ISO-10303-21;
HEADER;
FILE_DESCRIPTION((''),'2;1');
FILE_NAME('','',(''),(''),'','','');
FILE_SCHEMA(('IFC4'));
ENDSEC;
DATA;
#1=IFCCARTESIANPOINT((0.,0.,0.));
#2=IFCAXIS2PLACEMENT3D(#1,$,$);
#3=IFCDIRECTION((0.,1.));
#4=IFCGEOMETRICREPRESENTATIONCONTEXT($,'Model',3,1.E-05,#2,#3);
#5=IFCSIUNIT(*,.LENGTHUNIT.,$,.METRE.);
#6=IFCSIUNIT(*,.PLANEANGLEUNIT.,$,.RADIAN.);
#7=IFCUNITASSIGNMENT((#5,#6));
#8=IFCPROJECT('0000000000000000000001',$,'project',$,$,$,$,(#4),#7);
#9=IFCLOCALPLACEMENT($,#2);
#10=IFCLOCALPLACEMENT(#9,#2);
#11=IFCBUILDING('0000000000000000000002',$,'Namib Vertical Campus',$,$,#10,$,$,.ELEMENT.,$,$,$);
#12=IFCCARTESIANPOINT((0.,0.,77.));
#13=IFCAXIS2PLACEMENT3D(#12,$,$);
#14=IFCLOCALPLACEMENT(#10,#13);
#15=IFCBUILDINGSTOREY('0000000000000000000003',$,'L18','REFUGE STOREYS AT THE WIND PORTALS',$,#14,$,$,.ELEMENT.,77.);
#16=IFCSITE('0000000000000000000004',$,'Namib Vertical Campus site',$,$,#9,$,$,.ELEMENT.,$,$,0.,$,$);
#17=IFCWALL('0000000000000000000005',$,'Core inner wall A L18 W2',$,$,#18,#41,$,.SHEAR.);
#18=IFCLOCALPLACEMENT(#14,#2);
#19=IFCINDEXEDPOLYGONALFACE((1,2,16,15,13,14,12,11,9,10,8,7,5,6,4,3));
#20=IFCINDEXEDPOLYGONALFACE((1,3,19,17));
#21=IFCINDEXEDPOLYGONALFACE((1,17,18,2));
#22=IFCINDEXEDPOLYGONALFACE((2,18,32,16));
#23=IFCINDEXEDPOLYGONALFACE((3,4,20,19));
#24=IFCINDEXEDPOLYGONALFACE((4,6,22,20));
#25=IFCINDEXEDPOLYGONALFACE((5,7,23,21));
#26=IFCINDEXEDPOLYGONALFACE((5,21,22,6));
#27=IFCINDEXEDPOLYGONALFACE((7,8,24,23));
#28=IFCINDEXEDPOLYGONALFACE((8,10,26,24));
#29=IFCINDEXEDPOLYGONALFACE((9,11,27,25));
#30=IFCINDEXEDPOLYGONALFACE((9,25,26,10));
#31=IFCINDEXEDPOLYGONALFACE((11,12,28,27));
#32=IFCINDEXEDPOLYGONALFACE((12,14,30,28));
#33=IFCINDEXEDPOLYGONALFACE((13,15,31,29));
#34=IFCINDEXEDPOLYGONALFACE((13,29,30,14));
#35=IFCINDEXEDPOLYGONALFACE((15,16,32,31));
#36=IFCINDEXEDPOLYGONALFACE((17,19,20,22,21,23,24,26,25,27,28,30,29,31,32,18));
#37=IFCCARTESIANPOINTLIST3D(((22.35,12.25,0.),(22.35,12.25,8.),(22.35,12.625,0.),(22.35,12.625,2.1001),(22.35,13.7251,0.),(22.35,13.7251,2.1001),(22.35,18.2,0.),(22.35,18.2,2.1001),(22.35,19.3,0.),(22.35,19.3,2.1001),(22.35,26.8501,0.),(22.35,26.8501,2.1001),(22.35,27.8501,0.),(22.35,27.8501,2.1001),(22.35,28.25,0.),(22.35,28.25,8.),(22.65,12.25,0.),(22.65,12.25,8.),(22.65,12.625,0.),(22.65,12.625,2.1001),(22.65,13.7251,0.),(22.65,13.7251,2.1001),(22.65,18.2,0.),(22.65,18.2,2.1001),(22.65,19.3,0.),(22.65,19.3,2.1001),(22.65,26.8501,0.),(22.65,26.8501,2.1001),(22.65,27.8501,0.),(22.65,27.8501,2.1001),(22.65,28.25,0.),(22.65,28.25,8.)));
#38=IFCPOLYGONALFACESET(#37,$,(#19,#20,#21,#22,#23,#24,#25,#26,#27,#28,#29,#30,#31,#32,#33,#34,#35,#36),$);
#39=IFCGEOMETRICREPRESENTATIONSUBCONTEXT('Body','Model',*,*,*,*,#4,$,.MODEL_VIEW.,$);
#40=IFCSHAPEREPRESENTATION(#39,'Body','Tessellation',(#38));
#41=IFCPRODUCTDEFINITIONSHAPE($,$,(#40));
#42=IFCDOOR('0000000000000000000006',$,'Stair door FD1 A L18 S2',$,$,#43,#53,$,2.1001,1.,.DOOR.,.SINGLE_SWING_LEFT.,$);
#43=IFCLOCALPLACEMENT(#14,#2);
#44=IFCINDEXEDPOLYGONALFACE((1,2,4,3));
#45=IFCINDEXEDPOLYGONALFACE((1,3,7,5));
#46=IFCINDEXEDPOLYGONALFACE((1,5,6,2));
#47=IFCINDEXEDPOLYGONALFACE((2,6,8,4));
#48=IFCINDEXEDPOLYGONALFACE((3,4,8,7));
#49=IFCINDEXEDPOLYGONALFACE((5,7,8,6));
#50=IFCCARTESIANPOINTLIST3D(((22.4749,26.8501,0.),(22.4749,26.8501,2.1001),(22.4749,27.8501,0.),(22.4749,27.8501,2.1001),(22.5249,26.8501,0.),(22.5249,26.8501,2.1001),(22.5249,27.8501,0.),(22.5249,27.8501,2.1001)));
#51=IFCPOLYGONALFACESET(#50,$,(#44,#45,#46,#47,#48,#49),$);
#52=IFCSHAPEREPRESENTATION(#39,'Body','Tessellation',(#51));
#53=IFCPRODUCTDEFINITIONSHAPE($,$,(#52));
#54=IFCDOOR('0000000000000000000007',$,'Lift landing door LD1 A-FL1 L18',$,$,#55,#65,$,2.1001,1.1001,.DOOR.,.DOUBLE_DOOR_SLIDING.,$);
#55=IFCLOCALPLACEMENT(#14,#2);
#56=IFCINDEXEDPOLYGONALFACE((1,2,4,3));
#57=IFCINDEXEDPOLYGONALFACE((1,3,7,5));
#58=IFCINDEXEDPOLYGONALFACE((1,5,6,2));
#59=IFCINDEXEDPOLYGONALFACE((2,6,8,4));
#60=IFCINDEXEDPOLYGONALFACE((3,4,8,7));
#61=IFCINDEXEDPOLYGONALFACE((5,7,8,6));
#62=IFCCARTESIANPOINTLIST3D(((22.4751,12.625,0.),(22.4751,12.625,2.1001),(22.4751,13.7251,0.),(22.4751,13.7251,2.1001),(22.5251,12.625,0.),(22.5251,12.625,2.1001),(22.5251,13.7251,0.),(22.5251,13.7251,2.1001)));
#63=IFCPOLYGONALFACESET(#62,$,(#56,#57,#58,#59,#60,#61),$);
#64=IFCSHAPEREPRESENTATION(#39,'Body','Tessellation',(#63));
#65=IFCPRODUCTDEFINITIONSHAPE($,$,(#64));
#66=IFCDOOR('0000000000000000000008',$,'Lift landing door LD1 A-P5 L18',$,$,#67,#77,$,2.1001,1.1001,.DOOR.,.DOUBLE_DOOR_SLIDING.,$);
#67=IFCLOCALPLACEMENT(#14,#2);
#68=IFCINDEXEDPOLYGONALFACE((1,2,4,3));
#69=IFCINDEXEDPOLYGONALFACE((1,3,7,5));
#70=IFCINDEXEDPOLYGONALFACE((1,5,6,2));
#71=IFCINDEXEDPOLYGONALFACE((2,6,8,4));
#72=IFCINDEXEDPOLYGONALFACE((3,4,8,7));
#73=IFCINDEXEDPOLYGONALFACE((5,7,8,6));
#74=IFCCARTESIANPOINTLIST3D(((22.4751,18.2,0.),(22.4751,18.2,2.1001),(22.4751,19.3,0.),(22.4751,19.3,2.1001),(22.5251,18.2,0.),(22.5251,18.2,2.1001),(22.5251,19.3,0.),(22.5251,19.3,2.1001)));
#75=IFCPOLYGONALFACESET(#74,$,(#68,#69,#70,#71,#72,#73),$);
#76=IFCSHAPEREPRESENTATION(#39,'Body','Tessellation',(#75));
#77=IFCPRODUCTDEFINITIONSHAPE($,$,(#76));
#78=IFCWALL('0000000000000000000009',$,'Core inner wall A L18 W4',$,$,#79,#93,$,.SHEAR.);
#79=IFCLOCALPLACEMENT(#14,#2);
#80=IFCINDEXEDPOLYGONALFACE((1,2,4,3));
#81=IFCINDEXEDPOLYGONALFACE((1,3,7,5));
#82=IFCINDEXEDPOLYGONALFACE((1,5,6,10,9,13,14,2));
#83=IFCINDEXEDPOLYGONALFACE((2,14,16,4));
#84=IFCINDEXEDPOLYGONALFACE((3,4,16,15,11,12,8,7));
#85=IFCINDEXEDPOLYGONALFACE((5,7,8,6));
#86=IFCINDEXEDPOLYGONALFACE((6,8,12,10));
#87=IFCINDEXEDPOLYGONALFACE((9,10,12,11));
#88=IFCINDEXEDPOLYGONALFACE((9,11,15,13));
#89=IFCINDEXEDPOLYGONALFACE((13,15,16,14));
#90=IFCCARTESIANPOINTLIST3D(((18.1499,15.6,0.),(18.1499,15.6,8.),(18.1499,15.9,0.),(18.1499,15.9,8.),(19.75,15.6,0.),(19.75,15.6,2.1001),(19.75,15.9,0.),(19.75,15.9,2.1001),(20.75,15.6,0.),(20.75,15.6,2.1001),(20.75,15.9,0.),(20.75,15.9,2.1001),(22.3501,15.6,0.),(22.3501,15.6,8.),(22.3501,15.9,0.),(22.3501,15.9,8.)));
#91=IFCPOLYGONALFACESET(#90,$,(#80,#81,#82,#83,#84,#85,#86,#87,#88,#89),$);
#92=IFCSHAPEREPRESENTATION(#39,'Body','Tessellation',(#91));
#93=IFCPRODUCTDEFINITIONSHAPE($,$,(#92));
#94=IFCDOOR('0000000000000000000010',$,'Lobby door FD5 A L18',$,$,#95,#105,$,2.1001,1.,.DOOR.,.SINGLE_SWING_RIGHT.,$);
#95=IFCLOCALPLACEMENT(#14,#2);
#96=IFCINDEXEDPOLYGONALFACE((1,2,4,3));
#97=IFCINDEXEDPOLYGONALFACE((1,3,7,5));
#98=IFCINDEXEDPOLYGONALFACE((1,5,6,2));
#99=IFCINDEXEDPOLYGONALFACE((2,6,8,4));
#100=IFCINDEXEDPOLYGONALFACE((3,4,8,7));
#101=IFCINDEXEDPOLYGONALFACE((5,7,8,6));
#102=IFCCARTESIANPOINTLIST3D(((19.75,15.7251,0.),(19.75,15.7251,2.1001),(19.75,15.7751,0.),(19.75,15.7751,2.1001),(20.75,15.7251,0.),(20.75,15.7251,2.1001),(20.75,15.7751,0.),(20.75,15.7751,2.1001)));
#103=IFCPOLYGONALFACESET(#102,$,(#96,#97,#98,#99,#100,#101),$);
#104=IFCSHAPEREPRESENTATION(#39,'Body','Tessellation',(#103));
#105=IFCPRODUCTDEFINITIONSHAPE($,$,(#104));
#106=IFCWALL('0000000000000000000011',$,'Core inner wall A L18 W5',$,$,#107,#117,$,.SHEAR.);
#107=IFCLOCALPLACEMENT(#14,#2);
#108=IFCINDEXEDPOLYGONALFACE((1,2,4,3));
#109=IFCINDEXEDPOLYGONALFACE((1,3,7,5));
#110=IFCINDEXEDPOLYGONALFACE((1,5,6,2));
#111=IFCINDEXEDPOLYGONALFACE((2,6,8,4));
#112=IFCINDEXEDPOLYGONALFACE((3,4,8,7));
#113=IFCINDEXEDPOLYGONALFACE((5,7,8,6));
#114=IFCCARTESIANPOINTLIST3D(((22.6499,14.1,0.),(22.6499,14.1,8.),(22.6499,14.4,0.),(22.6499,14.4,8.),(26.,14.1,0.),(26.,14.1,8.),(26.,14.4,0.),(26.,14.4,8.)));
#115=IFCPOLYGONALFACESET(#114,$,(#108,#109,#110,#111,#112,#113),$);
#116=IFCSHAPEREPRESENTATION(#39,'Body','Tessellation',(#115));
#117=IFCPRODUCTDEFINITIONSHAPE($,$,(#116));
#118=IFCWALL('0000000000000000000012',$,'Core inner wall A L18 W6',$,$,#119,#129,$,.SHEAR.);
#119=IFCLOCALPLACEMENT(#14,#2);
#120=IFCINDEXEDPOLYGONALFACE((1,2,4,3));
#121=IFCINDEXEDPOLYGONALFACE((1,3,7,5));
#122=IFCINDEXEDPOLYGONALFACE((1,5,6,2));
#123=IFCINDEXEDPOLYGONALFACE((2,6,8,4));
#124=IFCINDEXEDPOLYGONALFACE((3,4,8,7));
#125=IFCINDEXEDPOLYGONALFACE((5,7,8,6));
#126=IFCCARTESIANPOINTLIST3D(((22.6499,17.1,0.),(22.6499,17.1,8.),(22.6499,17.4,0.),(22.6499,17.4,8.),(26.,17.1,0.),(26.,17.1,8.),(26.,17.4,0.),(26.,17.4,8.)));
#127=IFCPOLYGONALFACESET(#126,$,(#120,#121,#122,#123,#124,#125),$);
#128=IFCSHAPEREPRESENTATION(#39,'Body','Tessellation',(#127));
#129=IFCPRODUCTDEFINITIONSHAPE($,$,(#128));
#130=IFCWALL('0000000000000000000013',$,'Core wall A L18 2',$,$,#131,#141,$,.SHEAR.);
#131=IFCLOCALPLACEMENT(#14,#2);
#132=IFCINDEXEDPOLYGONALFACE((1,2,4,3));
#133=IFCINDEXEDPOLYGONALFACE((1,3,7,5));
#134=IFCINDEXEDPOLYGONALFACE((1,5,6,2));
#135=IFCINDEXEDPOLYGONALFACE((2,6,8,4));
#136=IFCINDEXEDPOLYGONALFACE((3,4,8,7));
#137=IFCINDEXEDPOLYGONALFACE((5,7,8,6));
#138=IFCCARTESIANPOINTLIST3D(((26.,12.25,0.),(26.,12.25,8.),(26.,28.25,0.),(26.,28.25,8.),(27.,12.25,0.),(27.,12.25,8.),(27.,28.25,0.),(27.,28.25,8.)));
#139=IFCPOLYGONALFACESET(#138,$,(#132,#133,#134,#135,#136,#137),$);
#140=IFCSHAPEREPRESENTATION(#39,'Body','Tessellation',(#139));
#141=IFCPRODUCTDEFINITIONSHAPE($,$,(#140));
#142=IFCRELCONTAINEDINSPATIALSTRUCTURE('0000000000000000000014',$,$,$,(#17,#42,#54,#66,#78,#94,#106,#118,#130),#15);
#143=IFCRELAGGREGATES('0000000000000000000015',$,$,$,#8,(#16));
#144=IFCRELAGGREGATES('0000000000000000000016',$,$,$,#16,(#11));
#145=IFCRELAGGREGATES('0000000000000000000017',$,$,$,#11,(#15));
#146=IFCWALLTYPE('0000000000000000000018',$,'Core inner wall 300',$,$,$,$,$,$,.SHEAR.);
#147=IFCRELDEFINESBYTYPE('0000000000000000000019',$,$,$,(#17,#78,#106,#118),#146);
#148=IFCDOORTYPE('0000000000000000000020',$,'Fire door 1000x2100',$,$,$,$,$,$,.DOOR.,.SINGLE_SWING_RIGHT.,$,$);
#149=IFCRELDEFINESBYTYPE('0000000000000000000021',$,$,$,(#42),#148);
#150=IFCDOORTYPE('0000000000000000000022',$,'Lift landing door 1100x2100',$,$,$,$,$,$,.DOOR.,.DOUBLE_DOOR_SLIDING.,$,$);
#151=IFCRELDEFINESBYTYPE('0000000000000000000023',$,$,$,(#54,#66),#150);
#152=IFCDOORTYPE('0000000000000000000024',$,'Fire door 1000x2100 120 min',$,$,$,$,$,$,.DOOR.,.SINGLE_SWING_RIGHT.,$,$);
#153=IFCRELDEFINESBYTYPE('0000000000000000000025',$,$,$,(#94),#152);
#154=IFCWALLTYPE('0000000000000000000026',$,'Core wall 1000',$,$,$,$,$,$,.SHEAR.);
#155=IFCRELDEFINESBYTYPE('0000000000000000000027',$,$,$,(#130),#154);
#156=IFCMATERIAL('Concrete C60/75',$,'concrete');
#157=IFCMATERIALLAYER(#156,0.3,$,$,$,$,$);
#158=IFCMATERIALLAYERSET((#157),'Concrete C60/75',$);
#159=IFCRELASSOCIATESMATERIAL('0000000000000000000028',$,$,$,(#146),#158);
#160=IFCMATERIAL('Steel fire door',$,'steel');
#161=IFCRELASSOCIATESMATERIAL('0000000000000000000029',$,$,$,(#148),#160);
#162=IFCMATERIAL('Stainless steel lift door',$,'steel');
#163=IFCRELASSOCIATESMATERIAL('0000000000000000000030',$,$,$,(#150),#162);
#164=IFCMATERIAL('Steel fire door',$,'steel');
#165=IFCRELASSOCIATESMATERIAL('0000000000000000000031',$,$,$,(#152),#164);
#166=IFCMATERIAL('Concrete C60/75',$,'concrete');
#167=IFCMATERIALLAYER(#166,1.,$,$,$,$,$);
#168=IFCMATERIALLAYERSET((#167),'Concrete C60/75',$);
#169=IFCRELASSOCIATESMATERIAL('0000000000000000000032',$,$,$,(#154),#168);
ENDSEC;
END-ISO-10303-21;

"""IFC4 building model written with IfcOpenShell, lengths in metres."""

from ifc_helpers import new_model, si_unit, direction, frame, frame_2d, origin, place, context, subcontext, project, spatial, rectangle, extrude, material, layer, layer_set, type_object, element, fill, save


model = new_model("IFC4")

# Units and contexts
model_context = context("Model", 3, precision=1e-05, world=origin(), true_north=direction((0.0, 1.0)))
body_context = subcontext(model_context, "Body", "Model", "MODEL_VIEW")
ifc_project = project(units=[si_unit("LENGTHUNIT", "METRE"), si_unit("PLANEANGLEUNIT", "RADIAN")], contexts=[model_context])

# Site, building, storey
site_placement = place(None, origin())
site = spatial("IfcSite", under=ifc_project, at=site_placement, Name="Namib Vertical Campus site", CompositionType="ELEMENT", RefElevation=0.0)
building_placement = place(site_placement, origin())
building = spatial("IfcBuilding", under=site, at=building_placement, Name="Namib Vertical Campus", CompositionType="ELEMENT")
storey_placement = place(building_placement, frame((0.0, 0.0, 77.0)))
storey = spatial("IfcBuildingStorey", under=building, at=storey_placement, Name="L18", Description="REFUGE STOREYS AT THE WIND PORTALS", CompositionType="ELEMENT", Elevation=77.0)

# Wall, openings, doors
ifc_material_1 = material(Name="Concrete C60/75", Category="concrete")
ifc_layer_1 = layer(ifc_material_1, 0.3)
ifc_layer_set_1 = layer_set([ifc_layer_1], Name="Concrete C60/75")
wall_type_1 = type_object("IfcWallType", Name="Core inner wall 300", PredefinedType="SHEAR", material=ifc_layer_set_1)
ifc_material_2 = material(Name="Steel fire door", Category="steel")
door_type_1 = type_object("IfcDoorType", Name="Fire door 1000x2100", OperationType="SINGLE_SWING_RIGHT", PredefinedType="DOOR", material=ifc_material_2)
ifc_material_3 = material(Name="Stainless steel lift door", Category="steel")
door_type_2 = type_object("IfcDoorType", Name="Lift landing door 1100x2100", OperationType="DOUBLE_DOOR_SLIDING", PredefinedType="DOOR", material=ifc_material_3)
wall_1_placement = place(storey_placement, frame((22.5, 12.25, 0.0), z_axis=(0.0, 0.0, 1.0), x_axis=(0.0, 1.0, 0.0)))
wall_1 = element("IfcWall", 1, at=wall_1_placement, inside=storey, type_object=wall_type_1, Name="Core inner wall A L18 W2", PredefinedType="SHEAR", context=body_context, shape_type="SweptSolid", body=[
    extrude(rectangle(XDim=16.0, YDim=0.3, at=frame_2d((8.0, 0.0))), origin(), (0.0, 0.0, 1.0), 8.0),
])
opening_1_placement = place(wall_1_placement, frame((14.6001, 0.0, 0.0)))
opening_1 = element("IfcOpeningElement", 2, at=opening_1_placement, cuts=wall_1, PredefinedType="OPENING", context=body_context, shape_type="SweptSolid", body=[
    extrude(rectangle(XDim=1.0, YDim=2.1001, at=frame_2d((0.5, 1.05))), frame((0.0, 0.1599, 0.0), z_axis=(0.0, -1.0, 0.0), x_axis=(1.0, 0.0, 0.0)), (0.0, 0.0, 1.0), 0.3201),
])
opening_2_placement = place(wall_1_placement, frame((0.375, 0.0, 0.0)))
opening_2 = element("IfcOpeningElement", 3, at=opening_2_placement, cuts=wall_1, PredefinedType="OPENING", context=body_context, shape_type="SweptSolid", body=[
    extrude(rectangle(XDim=1.1001, YDim=2.1001, at=frame_2d((0.55, 1.05))), frame((0.0, 0.1599, 0.0), z_axis=(0.0, -1.0, 0.0), x_axis=(1.0, 0.0, 0.0)), (0.0, 0.0, 1.0), 0.3201),
])
opening_3_placement = place(wall_1_placement, frame((5.95, 0.0, 0.0)))
opening_3 = element("IfcOpeningElement", 4, at=opening_3_placement, cuts=wall_1, PredefinedType="OPENING", context=body_context, shape_type="SweptSolid", body=[
    extrude(rectangle(XDim=1.1001, YDim=2.1001, at=frame_2d((0.55, 1.05))), frame((0.0, 0.1599, 0.0), z_axis=(0.0, -1.0, 0.0), x_axis=(1.0, 0.0, 0.0)), (0.0, 0.0, 1.0), 0.3201),
])
door_1_placement = place(opening_1_placement, frame((1.0, 0.0, 0.0), z_axis=(0.0, 0.0, 1.0), x_axis=(-1.0, 0.0, 0.0)))
door_1 = element("IfcDoor", 5, at=door_1_placement, inside=storey, type_object=door_type_1, Name="Stair door FD1 A L18 S2", OperationType="SINGLE_SWING_LEFT", OverallHeight=2.1001, OverallWidth=1.0, PredefinedType="DOOR", context=body_context, shape_type="SweptSolid", body=[
    extrude(rectangle(XDim=1.0, YDim=2.1001, at=frame_2d((0.5, 1.05))), frame((0.0, 0.0249, 0.0), z_axis=(0.0, -1.0, 0.0), x_axis=(1.0, 0.0, 0.0)), (0.0, 0.0, 1.0), 0.05),
])
fill(opening_1, door_1)
door_2_placement = place(opening_2_placement, origin())
door_2 = element("IfcDoor", 6, at=door_2_placement, inside=storey, type_object=door_type_2, Name="Lift landing door LD1 A-FL1 L18", OperationType="DOUBLE_DOOR_SLIDING", OverallHeight=2.1001, OverallWidth=1.1001, PredefinedType="DOOR", context=body_context, shape_type="SweptSolid", body=[
    extrude(rectangle(XDim=1.1001, YDim=2.1001, at=frame_2d((0.55, 1.05))), frame((0.0, 0.0249, 0.0), z_axis=(0.0, -1.0, 0.0), x_axis=(1.0, 0.0, 0.0)), (0.0, 0.0, 1.0), 0.05),
])
fill(opening_2, door_2)
door_3_placement = place(opening_3_placement, origin())
door_3 = element("IfcDoor", 7, at=door_3_placement, inside=storey, type_object=door_type_2, Name="Lift landing door LD1 A-P5 L18", OperationType="DOUBLE_DOOR_SLIDING", OverallHeight=2.1001, OverallWidth=1.1001, PredefinedType="DOOR", context=body_context, shape_type="SweptSolid", body=[
    extrude(rectangle(XDim=1.1001, YDim=2.1001, at=frame_2d((0.55, 1.05))), frame((0.0, 0.0249, 0.0), z_axis=(0.0, -1.0, 0.0), x_axis=(1.0, 0.0, 0.0)), (0.0, 0.0, 1.0), 0.05),
])
fill(opening_3, door_3)

# Wall, opening, door
wall_2_placement = place(storey_placement, frame((18.1499, 15.75, 0.0), z_axis=(0.0, 0.0, 1.0), x_axis=(1.0, 0.0, 0.0)))
wall_2 = element("IfcWall", 8, at=wall_2_placement, inside=storey, type_object=wall_type_1, Name="Core inner wall A L18 W4", PredefinedType="SHEAR", context=body_context, shape_type="SweptSolid", body=[
    extrude(rectangle(XDim=4.2002, YDim=0.3, at=frame_2d((2.1001, 0.0))), origin(), (0.0, 0.0, 1.0), 8.0),
])
opening_4_placement = place(wall_2_placement, frame((1.6001, 0.0, 0.0)))
opening_4 = element("IfcOpeningElement", 9, at=opening_4_placement, cuts=wall_2, PredefinedType="OPENING", context=body_context, shape_type="SweptSolid", body=[
    extrude(rectangle(XDim=1.0, YDim=2.1001, at=frame_2d((0.5, 1.05))), frame((0.0, 0.1599, 0.0), z_axis=(0.0, -1.0, 0.0), x_axis=(1.0, 0.0, 0.0)), (0.0, 0.0, 1.0), 0.3201),
])
ifc_material_4 = material(Name="Steel fire door", Category="steel")
door_type_3 = type_object("IfcDoorType", Name="Fire door 1000x2100 120 min", OperationType="SINGLE_SWING_RIGHT", PredefinedType="DOOR", material=ifc_material_4)
door_4_placement = place(opening_4_placement, frame((1.0, 0.0, 0.0), z_axis=(0.0, 0.0, 1.0), x_axis=(-1.0, 0.0, 0.0)))
door_4 = element("IfcDoor", 10, at=door_4_placement, inside=storey, type_object=door_type_3, Name="Lobby door FD5 A L18", OperationType="SINGLE_SWING_RIGHT", OverallHeight=2.1001, OverallWidth=1.0, PredefinedType="DOOR", context=body_context, shape_type="SweptSolid", body=[
    extrude(rectangle(XDim=1.0, YDim=2.1001, at=frame_2d((0.5, 1.05))), frame((0.0, 0.0249, 0.0), z_axis=(0.0, -1.0, 0.0), x_axis=(1.0, 0.0, 0.0)), (0.0, 0.0, 1.0), 0.05),
])
fill(opening_4, door_4)

# Walls
for number, where, z_axis, x_axis, name in (
    (11, (22.6499, 14.25, 0.0), (0.0, 0.0, 1.0), (1.0, 0.0, 0.0), "Core inner wall A L18 W5"),
    (12, (22.6499, 17.25, 0.0), (0.0, 0.0, 1.0), (1.0, 0.0, 0.0), "Core inner wall A L18 W6"),
):
    element("IfcWall", number, at=place(storey_placement, frame(where, z_axis=z_axis, x_axis=x_axis)), inside=storey, type_object=wall_type_1, Name=name, PredefinedType="SHEAR", context=body_context, shape_type="SweptSolid", body=[
        extrude(rectangle(XDim=3.3501, YDim=0.3, at=frame_2d((1.675, 0.0))), origin(), (0.0, 0.0, 1.0), 8.0),
    ])
ifc_material_5 = material(Name="Concrete C60/75", Category="concrete")
ifc_layer_2 = layer(ifc_material_5, 1.0)
ifc_layer_set_2 = layer_set([ifc_layer_2], Name="Concrete C60/75")
wall_type_2 = type_object("IfcWallType", Name="Core wall 1000", PredefinedType="SHEAR", material=ifc_layer_set_2)
wall_3_placement = place(storey_placement, frame((26.5, 12.25, 0.0), z_axis=(0.0, 0.0, 1.0), x_axis=(0.0, 1.0, 0.0)))
element("IfcWall", 13, at=wall_3_placement, inside=storey, type_object=wall_type_2, Name="Core wall A L18 2", PredefinedType="SHEAR", context=body_context, shape_type="SweptSolid", body=[
    extrude(rectangle(XDim=16.0, YDim=1.0, at=frame_2d((8.0, 0.0))), origin(), (0.0, 0.0, 1.0), 8.0),
])

save(model, "model.ifc")
